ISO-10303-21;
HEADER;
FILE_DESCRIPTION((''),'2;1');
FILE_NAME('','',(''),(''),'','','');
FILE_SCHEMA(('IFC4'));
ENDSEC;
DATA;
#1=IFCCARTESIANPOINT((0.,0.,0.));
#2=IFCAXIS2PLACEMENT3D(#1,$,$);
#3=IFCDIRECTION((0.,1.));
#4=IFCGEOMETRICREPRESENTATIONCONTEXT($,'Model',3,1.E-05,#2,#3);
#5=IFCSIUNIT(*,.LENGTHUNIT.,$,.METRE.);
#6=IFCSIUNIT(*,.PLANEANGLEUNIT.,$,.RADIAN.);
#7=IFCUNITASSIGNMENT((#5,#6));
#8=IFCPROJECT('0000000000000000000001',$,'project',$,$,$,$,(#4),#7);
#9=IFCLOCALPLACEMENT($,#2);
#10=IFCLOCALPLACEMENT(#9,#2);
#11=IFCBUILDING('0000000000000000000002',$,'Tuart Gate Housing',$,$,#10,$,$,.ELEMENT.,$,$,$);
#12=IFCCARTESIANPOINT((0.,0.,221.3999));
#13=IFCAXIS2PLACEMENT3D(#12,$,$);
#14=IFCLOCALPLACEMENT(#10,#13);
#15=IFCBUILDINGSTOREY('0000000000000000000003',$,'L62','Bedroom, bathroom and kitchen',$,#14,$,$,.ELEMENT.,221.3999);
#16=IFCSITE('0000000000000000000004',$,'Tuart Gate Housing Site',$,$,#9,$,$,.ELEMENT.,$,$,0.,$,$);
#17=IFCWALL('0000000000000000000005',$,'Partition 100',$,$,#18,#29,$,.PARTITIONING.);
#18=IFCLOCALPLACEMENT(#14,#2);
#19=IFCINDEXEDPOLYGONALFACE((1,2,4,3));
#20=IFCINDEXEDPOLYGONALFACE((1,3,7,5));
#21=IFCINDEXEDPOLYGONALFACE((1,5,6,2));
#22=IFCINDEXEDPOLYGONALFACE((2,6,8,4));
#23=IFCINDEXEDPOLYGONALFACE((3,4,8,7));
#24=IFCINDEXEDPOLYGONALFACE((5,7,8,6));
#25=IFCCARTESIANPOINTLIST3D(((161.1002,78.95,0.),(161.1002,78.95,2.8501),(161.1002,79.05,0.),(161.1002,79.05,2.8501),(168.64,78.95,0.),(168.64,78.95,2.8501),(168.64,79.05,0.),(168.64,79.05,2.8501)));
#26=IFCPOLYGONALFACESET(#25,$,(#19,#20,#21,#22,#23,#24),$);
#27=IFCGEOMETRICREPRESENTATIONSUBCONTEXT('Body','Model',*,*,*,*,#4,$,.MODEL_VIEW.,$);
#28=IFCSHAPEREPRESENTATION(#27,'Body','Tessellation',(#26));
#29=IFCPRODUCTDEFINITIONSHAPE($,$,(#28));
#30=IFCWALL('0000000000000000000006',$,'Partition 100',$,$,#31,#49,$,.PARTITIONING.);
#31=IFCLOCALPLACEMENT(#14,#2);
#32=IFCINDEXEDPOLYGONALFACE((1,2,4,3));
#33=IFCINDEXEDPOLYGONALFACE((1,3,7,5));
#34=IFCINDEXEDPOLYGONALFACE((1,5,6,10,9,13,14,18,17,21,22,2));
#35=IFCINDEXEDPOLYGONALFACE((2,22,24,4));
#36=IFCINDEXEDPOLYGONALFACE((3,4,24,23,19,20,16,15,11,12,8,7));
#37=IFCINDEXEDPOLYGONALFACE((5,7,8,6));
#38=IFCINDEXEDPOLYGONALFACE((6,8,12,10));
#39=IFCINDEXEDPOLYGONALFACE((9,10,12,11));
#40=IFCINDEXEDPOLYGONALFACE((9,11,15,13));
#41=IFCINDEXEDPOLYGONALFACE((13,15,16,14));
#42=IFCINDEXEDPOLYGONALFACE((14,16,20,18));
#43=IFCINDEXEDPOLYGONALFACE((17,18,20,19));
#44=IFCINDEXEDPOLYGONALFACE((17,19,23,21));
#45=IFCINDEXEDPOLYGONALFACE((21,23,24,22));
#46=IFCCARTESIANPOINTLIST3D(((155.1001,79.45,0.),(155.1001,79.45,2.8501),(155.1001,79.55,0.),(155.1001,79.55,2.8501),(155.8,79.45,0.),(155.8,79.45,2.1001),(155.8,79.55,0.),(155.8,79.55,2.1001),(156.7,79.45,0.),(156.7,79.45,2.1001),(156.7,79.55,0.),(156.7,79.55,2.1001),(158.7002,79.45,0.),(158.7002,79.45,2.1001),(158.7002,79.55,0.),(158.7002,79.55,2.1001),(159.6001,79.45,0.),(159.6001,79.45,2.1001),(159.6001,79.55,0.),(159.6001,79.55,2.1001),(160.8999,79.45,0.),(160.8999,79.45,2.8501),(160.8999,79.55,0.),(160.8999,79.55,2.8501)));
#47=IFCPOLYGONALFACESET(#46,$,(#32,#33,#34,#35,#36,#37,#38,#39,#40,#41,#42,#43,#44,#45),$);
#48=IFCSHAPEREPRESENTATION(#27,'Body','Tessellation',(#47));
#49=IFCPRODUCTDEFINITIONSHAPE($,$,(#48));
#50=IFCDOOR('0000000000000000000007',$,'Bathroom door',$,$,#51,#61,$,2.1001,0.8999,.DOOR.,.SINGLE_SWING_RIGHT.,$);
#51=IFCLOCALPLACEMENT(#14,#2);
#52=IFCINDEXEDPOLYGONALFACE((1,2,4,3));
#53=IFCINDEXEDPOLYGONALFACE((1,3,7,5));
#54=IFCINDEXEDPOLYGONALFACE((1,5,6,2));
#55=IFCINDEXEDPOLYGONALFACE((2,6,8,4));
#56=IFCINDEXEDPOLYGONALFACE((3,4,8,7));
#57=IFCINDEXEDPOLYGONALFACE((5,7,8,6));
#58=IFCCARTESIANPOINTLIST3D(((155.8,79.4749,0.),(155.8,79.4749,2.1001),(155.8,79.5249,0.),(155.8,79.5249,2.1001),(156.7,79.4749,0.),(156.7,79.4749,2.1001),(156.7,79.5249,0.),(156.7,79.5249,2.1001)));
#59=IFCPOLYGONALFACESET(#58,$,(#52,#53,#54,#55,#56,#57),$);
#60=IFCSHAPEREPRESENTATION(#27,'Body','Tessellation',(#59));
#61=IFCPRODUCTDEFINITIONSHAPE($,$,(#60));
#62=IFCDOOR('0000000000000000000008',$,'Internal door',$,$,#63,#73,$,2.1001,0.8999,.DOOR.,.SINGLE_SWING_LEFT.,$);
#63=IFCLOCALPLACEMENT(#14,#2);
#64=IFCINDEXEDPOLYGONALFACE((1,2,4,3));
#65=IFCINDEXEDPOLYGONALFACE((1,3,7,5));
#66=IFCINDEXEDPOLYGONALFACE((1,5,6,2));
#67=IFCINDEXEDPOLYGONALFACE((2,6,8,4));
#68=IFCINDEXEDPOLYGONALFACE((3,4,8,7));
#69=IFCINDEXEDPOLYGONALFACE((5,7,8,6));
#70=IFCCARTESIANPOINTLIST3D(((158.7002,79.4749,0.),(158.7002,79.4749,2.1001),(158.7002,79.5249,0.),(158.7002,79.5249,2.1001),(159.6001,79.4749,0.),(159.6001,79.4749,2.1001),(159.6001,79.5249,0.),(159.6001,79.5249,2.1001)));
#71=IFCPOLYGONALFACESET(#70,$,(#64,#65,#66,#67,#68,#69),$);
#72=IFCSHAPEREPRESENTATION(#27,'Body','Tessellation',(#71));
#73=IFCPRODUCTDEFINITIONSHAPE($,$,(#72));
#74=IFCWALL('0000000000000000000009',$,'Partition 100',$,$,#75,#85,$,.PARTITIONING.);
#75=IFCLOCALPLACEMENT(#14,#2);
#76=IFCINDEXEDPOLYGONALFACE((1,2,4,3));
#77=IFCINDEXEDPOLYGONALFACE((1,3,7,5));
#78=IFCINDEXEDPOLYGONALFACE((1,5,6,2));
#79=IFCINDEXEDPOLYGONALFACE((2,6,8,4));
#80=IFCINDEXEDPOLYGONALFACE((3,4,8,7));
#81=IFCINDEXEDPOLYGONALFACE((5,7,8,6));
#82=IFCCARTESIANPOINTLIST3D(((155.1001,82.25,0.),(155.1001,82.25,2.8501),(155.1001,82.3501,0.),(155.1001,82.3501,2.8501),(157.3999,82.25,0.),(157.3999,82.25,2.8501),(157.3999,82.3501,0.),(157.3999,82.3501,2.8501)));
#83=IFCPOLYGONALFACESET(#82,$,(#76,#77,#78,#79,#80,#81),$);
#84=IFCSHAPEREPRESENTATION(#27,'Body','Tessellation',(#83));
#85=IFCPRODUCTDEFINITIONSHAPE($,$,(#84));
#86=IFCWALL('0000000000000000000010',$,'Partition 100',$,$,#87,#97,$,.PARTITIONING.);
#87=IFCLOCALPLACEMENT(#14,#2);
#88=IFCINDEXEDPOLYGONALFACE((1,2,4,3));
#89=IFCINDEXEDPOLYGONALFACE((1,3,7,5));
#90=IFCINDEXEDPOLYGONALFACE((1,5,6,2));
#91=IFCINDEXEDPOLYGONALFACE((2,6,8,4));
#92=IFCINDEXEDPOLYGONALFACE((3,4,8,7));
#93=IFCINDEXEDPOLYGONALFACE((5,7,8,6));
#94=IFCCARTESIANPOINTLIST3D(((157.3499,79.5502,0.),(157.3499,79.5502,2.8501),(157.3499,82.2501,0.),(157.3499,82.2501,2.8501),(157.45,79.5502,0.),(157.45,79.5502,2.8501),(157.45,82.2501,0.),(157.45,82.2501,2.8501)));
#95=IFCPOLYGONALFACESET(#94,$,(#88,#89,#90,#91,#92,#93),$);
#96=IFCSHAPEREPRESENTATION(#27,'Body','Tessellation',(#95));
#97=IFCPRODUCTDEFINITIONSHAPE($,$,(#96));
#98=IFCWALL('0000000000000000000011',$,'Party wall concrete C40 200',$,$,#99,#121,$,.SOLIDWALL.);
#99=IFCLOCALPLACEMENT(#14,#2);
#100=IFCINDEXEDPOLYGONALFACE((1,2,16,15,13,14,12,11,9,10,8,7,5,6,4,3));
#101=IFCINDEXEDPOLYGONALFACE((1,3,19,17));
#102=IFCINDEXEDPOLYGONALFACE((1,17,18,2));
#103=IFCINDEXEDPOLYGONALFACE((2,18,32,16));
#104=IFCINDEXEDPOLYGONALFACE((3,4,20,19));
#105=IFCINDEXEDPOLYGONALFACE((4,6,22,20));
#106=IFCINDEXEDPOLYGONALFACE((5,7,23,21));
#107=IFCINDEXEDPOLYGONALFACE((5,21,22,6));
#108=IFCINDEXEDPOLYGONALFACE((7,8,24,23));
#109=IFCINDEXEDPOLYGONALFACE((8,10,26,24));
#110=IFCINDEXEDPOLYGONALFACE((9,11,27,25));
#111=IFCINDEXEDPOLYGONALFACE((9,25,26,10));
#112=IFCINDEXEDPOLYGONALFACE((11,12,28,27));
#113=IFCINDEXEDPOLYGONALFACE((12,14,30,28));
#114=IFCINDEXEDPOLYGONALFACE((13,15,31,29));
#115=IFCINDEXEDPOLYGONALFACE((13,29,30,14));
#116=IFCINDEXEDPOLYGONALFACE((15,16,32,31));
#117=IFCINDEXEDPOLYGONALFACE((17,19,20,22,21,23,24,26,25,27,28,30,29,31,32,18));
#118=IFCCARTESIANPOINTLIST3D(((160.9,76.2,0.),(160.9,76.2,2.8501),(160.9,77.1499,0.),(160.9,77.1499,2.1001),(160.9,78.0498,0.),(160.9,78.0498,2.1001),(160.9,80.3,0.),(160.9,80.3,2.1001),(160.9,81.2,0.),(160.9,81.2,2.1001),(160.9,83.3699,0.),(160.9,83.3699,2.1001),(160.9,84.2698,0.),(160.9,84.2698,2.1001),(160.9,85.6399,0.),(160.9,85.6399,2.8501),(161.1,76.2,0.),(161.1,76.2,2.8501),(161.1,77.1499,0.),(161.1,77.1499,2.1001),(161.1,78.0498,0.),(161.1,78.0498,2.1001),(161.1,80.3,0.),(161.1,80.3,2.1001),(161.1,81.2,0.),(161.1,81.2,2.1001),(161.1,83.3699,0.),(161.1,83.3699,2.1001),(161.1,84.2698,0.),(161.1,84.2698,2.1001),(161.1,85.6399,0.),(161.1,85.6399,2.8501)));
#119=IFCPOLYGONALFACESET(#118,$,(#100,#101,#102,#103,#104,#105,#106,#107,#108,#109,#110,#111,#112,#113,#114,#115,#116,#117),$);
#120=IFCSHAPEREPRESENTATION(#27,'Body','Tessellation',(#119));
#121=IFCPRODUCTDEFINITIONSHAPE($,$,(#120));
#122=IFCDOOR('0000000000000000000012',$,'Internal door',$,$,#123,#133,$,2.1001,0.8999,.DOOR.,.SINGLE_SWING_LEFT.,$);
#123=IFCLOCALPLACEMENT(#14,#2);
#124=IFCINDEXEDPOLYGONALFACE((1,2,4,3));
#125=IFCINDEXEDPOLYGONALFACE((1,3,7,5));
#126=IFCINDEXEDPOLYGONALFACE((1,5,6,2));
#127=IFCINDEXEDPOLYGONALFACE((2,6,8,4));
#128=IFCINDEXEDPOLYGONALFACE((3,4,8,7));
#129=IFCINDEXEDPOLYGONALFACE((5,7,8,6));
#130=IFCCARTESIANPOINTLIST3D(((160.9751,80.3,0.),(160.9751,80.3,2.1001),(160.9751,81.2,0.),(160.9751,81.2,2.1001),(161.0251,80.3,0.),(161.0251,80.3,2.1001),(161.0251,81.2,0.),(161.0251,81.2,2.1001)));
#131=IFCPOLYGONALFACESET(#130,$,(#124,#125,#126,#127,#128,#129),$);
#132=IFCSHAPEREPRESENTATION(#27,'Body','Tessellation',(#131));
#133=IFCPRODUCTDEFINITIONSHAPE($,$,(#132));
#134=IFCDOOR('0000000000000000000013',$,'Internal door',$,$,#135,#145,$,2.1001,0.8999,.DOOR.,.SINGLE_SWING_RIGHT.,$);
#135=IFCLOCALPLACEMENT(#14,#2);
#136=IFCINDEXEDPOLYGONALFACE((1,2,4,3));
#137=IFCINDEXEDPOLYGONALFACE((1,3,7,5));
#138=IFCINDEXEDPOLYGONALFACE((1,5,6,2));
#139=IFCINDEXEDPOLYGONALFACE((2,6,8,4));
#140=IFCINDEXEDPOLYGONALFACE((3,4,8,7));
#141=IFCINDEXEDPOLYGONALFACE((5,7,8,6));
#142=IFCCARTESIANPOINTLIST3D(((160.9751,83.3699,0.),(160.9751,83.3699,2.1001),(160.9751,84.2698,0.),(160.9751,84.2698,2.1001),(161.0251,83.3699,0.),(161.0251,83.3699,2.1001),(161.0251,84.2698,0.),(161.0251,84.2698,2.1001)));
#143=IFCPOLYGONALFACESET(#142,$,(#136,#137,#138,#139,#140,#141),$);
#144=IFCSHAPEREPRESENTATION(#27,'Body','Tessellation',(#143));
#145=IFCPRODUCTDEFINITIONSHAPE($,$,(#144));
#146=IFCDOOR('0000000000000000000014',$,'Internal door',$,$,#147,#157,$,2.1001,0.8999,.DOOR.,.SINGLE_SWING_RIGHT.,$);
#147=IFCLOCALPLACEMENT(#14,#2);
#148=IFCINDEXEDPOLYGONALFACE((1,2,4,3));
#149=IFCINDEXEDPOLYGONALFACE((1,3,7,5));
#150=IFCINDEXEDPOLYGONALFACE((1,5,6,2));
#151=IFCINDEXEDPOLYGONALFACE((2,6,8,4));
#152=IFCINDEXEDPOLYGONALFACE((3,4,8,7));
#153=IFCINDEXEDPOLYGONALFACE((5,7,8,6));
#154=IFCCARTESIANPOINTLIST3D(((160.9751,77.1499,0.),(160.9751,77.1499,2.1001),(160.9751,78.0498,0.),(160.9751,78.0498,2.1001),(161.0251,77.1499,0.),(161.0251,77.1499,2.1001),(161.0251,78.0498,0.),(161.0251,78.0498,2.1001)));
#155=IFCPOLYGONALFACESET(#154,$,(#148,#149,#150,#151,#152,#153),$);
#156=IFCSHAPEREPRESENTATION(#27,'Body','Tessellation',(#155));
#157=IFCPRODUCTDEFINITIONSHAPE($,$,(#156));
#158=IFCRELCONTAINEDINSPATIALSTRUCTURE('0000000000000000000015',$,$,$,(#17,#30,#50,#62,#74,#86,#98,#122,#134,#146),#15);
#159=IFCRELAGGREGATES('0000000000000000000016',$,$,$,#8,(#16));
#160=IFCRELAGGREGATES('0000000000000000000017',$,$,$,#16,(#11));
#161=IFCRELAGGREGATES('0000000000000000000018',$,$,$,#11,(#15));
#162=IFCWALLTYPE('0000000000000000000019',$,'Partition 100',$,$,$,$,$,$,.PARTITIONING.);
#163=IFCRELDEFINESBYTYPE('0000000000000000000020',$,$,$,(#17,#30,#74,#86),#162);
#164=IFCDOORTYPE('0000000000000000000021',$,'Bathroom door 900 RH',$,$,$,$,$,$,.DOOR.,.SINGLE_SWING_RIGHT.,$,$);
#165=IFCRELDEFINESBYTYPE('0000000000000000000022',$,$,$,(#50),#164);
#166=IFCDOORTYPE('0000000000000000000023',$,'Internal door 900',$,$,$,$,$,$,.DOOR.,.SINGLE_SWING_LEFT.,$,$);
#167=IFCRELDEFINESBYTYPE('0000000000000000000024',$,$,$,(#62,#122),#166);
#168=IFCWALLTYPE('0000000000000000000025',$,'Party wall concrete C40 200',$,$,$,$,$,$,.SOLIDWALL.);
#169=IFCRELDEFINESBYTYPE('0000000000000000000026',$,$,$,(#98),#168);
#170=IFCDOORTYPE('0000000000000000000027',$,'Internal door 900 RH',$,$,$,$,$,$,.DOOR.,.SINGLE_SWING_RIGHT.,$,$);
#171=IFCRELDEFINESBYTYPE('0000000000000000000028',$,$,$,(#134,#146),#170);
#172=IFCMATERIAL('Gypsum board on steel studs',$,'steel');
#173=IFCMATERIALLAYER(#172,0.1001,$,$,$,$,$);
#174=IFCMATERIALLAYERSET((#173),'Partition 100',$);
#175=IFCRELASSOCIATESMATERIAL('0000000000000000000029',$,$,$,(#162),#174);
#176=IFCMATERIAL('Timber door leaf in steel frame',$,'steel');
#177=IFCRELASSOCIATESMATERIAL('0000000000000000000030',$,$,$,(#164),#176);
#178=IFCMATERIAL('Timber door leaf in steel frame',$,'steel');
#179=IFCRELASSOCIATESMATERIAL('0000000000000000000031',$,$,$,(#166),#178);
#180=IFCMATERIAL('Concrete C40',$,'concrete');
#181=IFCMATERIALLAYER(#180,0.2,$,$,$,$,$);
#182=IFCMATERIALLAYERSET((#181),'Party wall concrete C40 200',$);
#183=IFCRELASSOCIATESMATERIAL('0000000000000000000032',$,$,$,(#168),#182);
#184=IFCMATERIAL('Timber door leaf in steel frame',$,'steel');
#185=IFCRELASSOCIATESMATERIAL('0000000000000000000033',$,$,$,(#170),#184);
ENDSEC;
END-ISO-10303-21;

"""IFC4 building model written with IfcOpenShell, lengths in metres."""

from ifc_helpers import new_model, si_unit, direction, frame, frame_2d, origin, place, context, subcontext, project, spatial, rectangle, extrude, material, layer, layer_set, type_object, element, fill, save


model = new_model("IFC4")

# Units and contexts
model_context = context("Model", 3, precision=1e-05, world=origin(), true_north=direction((0.0, 1.0)))
body_context = subcontext(model_context, "Body", "Model", "MODEL_VIEW")
ifc_project = project(units=[si_unit("LENGTHUNIT", "METRE"), si_unit("PLANEANGLEUNIT", "RADIAN")], contexts=[model_context])

# Site, building, storey
site_placement = place(None, origin())
site = spatial("IfcSite", under=ifc_project, at=site_placement, Name="Tuart Gate Housing Site", CompositionType="ELEMENT", RefElevation=0.0)
building_placement = place(site_placement, origin())
building = spatial("IfcBuilding", under=site, at=building_placement, Name="Tuart Gate Housing", CompositionType="ELEMENT")
storey_placement = place(building_placement, frame((0.0, 0.0, 221.3999)))
storey = spatial("IfcBuildingStorey", under=building, at=storey_placement, Name="L62", Description="Bedroom, bathroom and kitchen", CompositionType="ELEMENT", Elevation=221.3999)

# Wall
ifc_material_1 = material(Name="Gypsum board on steel studs", Category="steel")
ifc_layer_1 = layer(ifc_material_1, 0.1001)
ifc_layer_set_1 = layer_set([ifc_layer_1], Name="Partition 100")
wall_type_1 = type_object("IfcWallType", Name="Partition 100", PredefinedType="PARTITIONING", material=ifc_layer_set_1)
wall_1_placement = place(storey_placement, frame((161.1001, 79.0, 0.0), z_axis=(0.0, 0.0, 1.0), x_axis=(1.0, 0.0, 0.0)))
element("IfcWall", 1, at=wall_1_placement, inside=storey, type_object=wall_type_1, Name="Partition 100", PredefinedType="PARTITIONING", context=body_context, shape_type="SweptSolid", body=[
    extrude(rectangle(XDim=7.5398, YDim=0.1001, at=frame_2d((3.77, 0.0))), origin(), (0.0, 0.0, 1.0), 2.8501),
])

# Wall, openings, doors
wall_2_placement = place(storey_placement, frame((155.1001, 79.5, 0.0), z_axis=(0.0, 0.0, 1.0), x_axis=(1.0, 0.0, 0.0)))
wall_2 = element("IfcWall", 2, at=wall_2_placement, inside=storey, type_object=wall_type_1, Name="Partition 100", PredefinedType="PARTITIONING", context=body_context, shape_type="SweptSolid", body=[
    extrude(rectangle(XDim=5.7998, YDim=0.1001, at=frame_2d((2.8999, 0.0))), origin(), (0.0, 0.0, 1.0), 2.8501),
])
opening_1_placement = place(wall_2_placement, frame((3.6001, 0.0, 0.0)))
opening_1 = element("IfcOpeningElement", 3, at=opening_1_placement, cuts=wall_2, PredefinedType="OPENING", context=body_context, shape_type="SweptSolid", body=[
    extrude(rectangle(XDim=0.8999, YDim=2.1001, at=frame_2d((0.45, 1.05))), frame((0.0, 0.0601, 0.0), z_axis=(0.0, -1.0, 0.0), x_axis=(1.0, 0.0, 0.0)), (0.0, 0.0, 1.0), 0.1201),
])
opening_2_placement = place(wall_2_placement, frame((0.7, 0.0, 0.0)))
opening_2 = element("IfcOpeningElement", 4, at=opening_2_placement, cuts=wall_2, PredefinedType="OPENING", context=body_context, shape_type="SweptSolid", body=[
    extrude(rectangle(XDim=0.8999, YDim=2.1001, at=frame_2d((0.45, 1.05))), frame((0.0, 0.0601, 0.0), z_axis=(0.0, -1.0, 0.0), x_axis=(1.0, 0.0, 0.0)), (0.0, 0.0, 1.0), 0.1201),
])
ifc_material_2 = material(Name="Timber door leaf in steel frame", Category="steel")
door_type_1 = type_object("IfcDoorType", Name="Bathroom door 900 RH", OperationType="SINGLE_SWING_RIGHT", PredefinedType="DOOR", material=ifc_material_2)
door_1_placement = place(opening_2_placement, origin())
door_1 = element("IfcDoor", 5, at=door_1_placement, inside=storey, type_object=door_type_1, Name="Bathroom door", OperationType="SINGLE_SWING_RIGHT", OverallHeight=2.1001, OverallWidth=0.8999, PredefinedType="DOOR", context=body_context, shape_type="SweptSolid", body=[
    extrude(rectangle(XDim=0.8999, YDim=2.1001, at=frame_2d((0.45, 1.05))), frame((0.0, 0.0249, 0.0), z_axis=(0.0, -1.0, 0.0), x_axis=(1.0, 0.0, 0.0)), (0.0, 0.0, 1.0), 0.05),
])
fill(opening_2, door_1)
ifc_material_3 = material(Name="Timber door leaf in steel frame", Category="steel")
door_type_2 = type_object("IfcDoorType", Name="Internal door 900", OperationType="SINGLE_SWING_LEFT", PredefinedType="DOOR", material=ifc_material_3)
door_2_placement = place(opening_1_placement, frame((0.8999, 0.0, 0.0), z_axis=(0.0, 0.0, 1.0), x_axis=(-1.0, 0.0, 0.0)))
door_2 = element("IfcDoor", 6, at=door_2_placement, inside=storey, type_object=door_type_2, Name="Internal door", OperationType="SINGLE_SWING_LEFT", OverallHeight=2.1001, OverallWidth=0.8999, PredefinedType="DOOR", context=body_context, shape_type="SweptSolid", body=[
    extrude(rectangle(XDim=0.8999, YDim=2.1001, at=frame_2d((0.45, 1.05))), frame((0.0, 0.0251, 0.0), z_axis=(0.0, -1.0, 0.0), x_axis=(1.0, 0.0, 0.0)), (0.0, 0.0, 1.0), 0.05),
])
fill(opening_1, door_2)

# Walls
wall_3_placement = place(storey_placement, frame((155.1001, 82.3, 0.0), z_axis=(0.0, 0.0, 1.0), x_axis=(1.0, 0.0, 0.0)))
element("IfcWall", 7, at=wall_3_placement, inside=storey, type_object=wall_type_1, Name="Partition 100", PredefinedType="PARTITIONING", context=body_context, shape_type="SweptSolid", body=[
    extrude(rectangle(XDim=2.2998, YDim=0.1001, at=frame_2d((1.1499, 0.0))), origin(), (0.0, 0.0, 1.0), 2.8501),
])
wall_4_placement = place(storey_placement, frame((157.3999, 79.55, 0.0), z_axis=(0.0, 0.0, 1.0), x_axis=(0.0, 1.0, 0.0)))
element("IfcWall", 8, at=wall_4_placement, inside=storey, type_object=wall_type_1, Name="Partition 100", PredefinedType="PARTITIONING", context=body_context, shape_type="SweptSolid", body=[
    extrude(rectangle(XDim=2.7, YDim=0.1001, at=frame_2d((1.3501, 0.0))), origin(), (0.0, 0.0, 1.0), 2.8501),
])

# Wall, openings, doors
ifc_material_4 = material(Name="Concrete C40", Category="concrete")
ifc_layer_2 = layer(ifc_material_4, 0.2)
ifc_layer_set_2 = layer_set([ifc_layer_2], Name="Party wall concrete C40 200")
wall_type_2 = type_object("IfcWallType", Name="Party wall concrete C40 200", PredefinedType="SOLIDWALL", material=ifc_layer_set_2)
wall_5_placement = place(storey_placement, frame((161.0, 76.2, 0.0), z_axis=(0.0, 0.0, 1.0), x_axis=(0.0, 1.0, 0.0)))
wall_5 = element("IfcWall", 9, at=wall_5_placement, inside=storey, type_object=wall_type_2, Name="Party wall concrete C40 200", PredefinedType="SOLIDWALL", context=body_context, shape_type="SweptSolid", body=[
    extrude(rectangle(XDim=9.4399, YDim=0.2, at=frame_2d((4.72, 0.0))), origin(), (0.0, 0.0, 1.0), 2.8501),
])
opening_3_placement = place(wall_5_placement, frame((7.1699, 0.0, 0.0)))
opening_3 = element("IfcOpeningElement", 10, at=opening_3_placement, cuts=wall_5, PredefinedType="OPENING", context=body_context, shape_type="SweptSolid", body=[
    extrude(rectangle(XDim=0.8999, YDim=2.1001, at=frame_2d((0.45, 1.05))), frame((0.0, 0.1099, 0.0), z_axis=(0.0, -1.0, 0.0), x_axis=(1.0, 0.0, 0.0)), (0.0, 0.0, 1.0), 0.22),
])
opening_4_placement = place(wall_5_placement, frame((4.1001, 0.0, 0.0)))
opening_4 = element("IfcOpeningElement", 11, at=opening_4_placement, cuts=wall_5, PredefinedType="OPENING", context=body_context, shape_type="SweptSolid", body=[
    extrude(rectangle(XDim=0.8999, YDim=2.1001, at=frame_2d((0.45, 1.05))), frame((0.0, 0.1099, 0.0), z_axis=(0.0, -1.0, 0.0), x_axis=(1.0, 0.0, 0.0)), (0.0, 0.0, 1.0), 0.22),
])
opening_5_placement = place(wall_5_placement, frame((0.95, 0.0, 0.0)))
opening_5 = element("IfcOpeningElement", 12, at=opening_5_placement, cuts=wall_5, PredefinedType="OPENING", context=body_context, shape_type="SweptSolid", body=[
    extrude(rectangle(XDim=0.8999, YDim=2.1001, at=frame_2d((0.45, 1.05))), frame((0.0, 0.1099, 0.0), z_axis=(0.0, -1.0, 0.0), x_axis=(1.0, 0.0, 0.0)), (0.0, 0.0, 1.0), 0.22),
])
door_3_placement = place(opening_4_placement, frame((0.8999, 0.0, 0.0), z_axis=(0.0, 0.0, 1.0), x_axis=(-1.0, 0.0, 0.0)))
door_3 = element("IfcDoor", 13, at=door_3_placement, inside=storey, type_object=door_type_2, Name="Internal door", OperationType="SINGLE_SWING_LEFT", OverallHeight=2.1001, OverallWidth=0.8999, PredefinedType="DOOR", context=body_context, shape_type="SweptSolid", body=[
    extrude(rectangle(XDim=0.8999, YDim=2.1001, at=frame_2d((0.45, 1.05))), frame((0.0, 0.0251, 0.0), z_axis=(0.0, -1.0, 0.0), x_axis=(1.0, 0.0, 0.0)), (0.0, 0.0, 1.0), 0.05),
])
fill(opening_4, door_3)
ifc_material_5 = material(Name="Timber door leaf in steel frame", Category="steel")
door_type_3 = type_object("IfcDoorType", Name="Internal door 900 RH", OperationType="SINGLE_SWING_RIGHT", PredefinedType="DOOR", material=ifc_material_5)
door_4_placement = place(opening_3_placement, frame((0.8999, 0.0, 0.0), z_axis=(0.0, 0.0, 1.0), x_axis=(-1.0, 0.0, 0.0)))
door_4 = element("IfcDoor", 14, at=door_4_placement, inside=storey, type_object=door_type_3, Name="Internal door", OperationType="SINGLE_SWING_RIGHT", OverallHeight=2.1001, OverallWidth=0.8999, PredefinedType="DOOR", context=body_context, shape_type="SweptSolid", body=[
    extrude(rectangle(XDim=0.8999, YDim=2.1001, at=frame_2d((0.45, 1.05))), frame((0.0, 0.0251, 0.0), z_axis=(0.0, -1.0, 0.0), x_axis=(1.0, 0.0, 0.0)), (0.0, 0.0, 1.0), 0.05),
])
fill(opening_3, door_4)
door_5_placement = place(opening_5_placement, frame((0.8999, 0.0, 0.0), z_axis=(0.0, 0.0, 1.0), x_axis=(-1.0, 0.0, 0.0)))
door_5 = element("IfcDoor", 15, at=door_5_placement, inside=storey, type_object=door_type_3, Name="Internal door", OperationType="SINGLE_SWING_RIGHT", OverallHeight=2.1001, OverallWidth=0.8999, PredefinedType="DOOR", context=body_context, shape_type="SweptSolid", body=[
    extrude(rectangle(XDim=0.8999, YDim=2.1001, at=frame_2d((0.45, 1.05))), frame((0.0, 0.0251, 0.0), z_axis=(0.0, -1.0, 0.0), x_axis=(1.0, 0.0, 0.0)), (0.0, 0.0, 1.0), 0.05),
])
fill(opening_5, door_5)

save(model, "model.ifc")
